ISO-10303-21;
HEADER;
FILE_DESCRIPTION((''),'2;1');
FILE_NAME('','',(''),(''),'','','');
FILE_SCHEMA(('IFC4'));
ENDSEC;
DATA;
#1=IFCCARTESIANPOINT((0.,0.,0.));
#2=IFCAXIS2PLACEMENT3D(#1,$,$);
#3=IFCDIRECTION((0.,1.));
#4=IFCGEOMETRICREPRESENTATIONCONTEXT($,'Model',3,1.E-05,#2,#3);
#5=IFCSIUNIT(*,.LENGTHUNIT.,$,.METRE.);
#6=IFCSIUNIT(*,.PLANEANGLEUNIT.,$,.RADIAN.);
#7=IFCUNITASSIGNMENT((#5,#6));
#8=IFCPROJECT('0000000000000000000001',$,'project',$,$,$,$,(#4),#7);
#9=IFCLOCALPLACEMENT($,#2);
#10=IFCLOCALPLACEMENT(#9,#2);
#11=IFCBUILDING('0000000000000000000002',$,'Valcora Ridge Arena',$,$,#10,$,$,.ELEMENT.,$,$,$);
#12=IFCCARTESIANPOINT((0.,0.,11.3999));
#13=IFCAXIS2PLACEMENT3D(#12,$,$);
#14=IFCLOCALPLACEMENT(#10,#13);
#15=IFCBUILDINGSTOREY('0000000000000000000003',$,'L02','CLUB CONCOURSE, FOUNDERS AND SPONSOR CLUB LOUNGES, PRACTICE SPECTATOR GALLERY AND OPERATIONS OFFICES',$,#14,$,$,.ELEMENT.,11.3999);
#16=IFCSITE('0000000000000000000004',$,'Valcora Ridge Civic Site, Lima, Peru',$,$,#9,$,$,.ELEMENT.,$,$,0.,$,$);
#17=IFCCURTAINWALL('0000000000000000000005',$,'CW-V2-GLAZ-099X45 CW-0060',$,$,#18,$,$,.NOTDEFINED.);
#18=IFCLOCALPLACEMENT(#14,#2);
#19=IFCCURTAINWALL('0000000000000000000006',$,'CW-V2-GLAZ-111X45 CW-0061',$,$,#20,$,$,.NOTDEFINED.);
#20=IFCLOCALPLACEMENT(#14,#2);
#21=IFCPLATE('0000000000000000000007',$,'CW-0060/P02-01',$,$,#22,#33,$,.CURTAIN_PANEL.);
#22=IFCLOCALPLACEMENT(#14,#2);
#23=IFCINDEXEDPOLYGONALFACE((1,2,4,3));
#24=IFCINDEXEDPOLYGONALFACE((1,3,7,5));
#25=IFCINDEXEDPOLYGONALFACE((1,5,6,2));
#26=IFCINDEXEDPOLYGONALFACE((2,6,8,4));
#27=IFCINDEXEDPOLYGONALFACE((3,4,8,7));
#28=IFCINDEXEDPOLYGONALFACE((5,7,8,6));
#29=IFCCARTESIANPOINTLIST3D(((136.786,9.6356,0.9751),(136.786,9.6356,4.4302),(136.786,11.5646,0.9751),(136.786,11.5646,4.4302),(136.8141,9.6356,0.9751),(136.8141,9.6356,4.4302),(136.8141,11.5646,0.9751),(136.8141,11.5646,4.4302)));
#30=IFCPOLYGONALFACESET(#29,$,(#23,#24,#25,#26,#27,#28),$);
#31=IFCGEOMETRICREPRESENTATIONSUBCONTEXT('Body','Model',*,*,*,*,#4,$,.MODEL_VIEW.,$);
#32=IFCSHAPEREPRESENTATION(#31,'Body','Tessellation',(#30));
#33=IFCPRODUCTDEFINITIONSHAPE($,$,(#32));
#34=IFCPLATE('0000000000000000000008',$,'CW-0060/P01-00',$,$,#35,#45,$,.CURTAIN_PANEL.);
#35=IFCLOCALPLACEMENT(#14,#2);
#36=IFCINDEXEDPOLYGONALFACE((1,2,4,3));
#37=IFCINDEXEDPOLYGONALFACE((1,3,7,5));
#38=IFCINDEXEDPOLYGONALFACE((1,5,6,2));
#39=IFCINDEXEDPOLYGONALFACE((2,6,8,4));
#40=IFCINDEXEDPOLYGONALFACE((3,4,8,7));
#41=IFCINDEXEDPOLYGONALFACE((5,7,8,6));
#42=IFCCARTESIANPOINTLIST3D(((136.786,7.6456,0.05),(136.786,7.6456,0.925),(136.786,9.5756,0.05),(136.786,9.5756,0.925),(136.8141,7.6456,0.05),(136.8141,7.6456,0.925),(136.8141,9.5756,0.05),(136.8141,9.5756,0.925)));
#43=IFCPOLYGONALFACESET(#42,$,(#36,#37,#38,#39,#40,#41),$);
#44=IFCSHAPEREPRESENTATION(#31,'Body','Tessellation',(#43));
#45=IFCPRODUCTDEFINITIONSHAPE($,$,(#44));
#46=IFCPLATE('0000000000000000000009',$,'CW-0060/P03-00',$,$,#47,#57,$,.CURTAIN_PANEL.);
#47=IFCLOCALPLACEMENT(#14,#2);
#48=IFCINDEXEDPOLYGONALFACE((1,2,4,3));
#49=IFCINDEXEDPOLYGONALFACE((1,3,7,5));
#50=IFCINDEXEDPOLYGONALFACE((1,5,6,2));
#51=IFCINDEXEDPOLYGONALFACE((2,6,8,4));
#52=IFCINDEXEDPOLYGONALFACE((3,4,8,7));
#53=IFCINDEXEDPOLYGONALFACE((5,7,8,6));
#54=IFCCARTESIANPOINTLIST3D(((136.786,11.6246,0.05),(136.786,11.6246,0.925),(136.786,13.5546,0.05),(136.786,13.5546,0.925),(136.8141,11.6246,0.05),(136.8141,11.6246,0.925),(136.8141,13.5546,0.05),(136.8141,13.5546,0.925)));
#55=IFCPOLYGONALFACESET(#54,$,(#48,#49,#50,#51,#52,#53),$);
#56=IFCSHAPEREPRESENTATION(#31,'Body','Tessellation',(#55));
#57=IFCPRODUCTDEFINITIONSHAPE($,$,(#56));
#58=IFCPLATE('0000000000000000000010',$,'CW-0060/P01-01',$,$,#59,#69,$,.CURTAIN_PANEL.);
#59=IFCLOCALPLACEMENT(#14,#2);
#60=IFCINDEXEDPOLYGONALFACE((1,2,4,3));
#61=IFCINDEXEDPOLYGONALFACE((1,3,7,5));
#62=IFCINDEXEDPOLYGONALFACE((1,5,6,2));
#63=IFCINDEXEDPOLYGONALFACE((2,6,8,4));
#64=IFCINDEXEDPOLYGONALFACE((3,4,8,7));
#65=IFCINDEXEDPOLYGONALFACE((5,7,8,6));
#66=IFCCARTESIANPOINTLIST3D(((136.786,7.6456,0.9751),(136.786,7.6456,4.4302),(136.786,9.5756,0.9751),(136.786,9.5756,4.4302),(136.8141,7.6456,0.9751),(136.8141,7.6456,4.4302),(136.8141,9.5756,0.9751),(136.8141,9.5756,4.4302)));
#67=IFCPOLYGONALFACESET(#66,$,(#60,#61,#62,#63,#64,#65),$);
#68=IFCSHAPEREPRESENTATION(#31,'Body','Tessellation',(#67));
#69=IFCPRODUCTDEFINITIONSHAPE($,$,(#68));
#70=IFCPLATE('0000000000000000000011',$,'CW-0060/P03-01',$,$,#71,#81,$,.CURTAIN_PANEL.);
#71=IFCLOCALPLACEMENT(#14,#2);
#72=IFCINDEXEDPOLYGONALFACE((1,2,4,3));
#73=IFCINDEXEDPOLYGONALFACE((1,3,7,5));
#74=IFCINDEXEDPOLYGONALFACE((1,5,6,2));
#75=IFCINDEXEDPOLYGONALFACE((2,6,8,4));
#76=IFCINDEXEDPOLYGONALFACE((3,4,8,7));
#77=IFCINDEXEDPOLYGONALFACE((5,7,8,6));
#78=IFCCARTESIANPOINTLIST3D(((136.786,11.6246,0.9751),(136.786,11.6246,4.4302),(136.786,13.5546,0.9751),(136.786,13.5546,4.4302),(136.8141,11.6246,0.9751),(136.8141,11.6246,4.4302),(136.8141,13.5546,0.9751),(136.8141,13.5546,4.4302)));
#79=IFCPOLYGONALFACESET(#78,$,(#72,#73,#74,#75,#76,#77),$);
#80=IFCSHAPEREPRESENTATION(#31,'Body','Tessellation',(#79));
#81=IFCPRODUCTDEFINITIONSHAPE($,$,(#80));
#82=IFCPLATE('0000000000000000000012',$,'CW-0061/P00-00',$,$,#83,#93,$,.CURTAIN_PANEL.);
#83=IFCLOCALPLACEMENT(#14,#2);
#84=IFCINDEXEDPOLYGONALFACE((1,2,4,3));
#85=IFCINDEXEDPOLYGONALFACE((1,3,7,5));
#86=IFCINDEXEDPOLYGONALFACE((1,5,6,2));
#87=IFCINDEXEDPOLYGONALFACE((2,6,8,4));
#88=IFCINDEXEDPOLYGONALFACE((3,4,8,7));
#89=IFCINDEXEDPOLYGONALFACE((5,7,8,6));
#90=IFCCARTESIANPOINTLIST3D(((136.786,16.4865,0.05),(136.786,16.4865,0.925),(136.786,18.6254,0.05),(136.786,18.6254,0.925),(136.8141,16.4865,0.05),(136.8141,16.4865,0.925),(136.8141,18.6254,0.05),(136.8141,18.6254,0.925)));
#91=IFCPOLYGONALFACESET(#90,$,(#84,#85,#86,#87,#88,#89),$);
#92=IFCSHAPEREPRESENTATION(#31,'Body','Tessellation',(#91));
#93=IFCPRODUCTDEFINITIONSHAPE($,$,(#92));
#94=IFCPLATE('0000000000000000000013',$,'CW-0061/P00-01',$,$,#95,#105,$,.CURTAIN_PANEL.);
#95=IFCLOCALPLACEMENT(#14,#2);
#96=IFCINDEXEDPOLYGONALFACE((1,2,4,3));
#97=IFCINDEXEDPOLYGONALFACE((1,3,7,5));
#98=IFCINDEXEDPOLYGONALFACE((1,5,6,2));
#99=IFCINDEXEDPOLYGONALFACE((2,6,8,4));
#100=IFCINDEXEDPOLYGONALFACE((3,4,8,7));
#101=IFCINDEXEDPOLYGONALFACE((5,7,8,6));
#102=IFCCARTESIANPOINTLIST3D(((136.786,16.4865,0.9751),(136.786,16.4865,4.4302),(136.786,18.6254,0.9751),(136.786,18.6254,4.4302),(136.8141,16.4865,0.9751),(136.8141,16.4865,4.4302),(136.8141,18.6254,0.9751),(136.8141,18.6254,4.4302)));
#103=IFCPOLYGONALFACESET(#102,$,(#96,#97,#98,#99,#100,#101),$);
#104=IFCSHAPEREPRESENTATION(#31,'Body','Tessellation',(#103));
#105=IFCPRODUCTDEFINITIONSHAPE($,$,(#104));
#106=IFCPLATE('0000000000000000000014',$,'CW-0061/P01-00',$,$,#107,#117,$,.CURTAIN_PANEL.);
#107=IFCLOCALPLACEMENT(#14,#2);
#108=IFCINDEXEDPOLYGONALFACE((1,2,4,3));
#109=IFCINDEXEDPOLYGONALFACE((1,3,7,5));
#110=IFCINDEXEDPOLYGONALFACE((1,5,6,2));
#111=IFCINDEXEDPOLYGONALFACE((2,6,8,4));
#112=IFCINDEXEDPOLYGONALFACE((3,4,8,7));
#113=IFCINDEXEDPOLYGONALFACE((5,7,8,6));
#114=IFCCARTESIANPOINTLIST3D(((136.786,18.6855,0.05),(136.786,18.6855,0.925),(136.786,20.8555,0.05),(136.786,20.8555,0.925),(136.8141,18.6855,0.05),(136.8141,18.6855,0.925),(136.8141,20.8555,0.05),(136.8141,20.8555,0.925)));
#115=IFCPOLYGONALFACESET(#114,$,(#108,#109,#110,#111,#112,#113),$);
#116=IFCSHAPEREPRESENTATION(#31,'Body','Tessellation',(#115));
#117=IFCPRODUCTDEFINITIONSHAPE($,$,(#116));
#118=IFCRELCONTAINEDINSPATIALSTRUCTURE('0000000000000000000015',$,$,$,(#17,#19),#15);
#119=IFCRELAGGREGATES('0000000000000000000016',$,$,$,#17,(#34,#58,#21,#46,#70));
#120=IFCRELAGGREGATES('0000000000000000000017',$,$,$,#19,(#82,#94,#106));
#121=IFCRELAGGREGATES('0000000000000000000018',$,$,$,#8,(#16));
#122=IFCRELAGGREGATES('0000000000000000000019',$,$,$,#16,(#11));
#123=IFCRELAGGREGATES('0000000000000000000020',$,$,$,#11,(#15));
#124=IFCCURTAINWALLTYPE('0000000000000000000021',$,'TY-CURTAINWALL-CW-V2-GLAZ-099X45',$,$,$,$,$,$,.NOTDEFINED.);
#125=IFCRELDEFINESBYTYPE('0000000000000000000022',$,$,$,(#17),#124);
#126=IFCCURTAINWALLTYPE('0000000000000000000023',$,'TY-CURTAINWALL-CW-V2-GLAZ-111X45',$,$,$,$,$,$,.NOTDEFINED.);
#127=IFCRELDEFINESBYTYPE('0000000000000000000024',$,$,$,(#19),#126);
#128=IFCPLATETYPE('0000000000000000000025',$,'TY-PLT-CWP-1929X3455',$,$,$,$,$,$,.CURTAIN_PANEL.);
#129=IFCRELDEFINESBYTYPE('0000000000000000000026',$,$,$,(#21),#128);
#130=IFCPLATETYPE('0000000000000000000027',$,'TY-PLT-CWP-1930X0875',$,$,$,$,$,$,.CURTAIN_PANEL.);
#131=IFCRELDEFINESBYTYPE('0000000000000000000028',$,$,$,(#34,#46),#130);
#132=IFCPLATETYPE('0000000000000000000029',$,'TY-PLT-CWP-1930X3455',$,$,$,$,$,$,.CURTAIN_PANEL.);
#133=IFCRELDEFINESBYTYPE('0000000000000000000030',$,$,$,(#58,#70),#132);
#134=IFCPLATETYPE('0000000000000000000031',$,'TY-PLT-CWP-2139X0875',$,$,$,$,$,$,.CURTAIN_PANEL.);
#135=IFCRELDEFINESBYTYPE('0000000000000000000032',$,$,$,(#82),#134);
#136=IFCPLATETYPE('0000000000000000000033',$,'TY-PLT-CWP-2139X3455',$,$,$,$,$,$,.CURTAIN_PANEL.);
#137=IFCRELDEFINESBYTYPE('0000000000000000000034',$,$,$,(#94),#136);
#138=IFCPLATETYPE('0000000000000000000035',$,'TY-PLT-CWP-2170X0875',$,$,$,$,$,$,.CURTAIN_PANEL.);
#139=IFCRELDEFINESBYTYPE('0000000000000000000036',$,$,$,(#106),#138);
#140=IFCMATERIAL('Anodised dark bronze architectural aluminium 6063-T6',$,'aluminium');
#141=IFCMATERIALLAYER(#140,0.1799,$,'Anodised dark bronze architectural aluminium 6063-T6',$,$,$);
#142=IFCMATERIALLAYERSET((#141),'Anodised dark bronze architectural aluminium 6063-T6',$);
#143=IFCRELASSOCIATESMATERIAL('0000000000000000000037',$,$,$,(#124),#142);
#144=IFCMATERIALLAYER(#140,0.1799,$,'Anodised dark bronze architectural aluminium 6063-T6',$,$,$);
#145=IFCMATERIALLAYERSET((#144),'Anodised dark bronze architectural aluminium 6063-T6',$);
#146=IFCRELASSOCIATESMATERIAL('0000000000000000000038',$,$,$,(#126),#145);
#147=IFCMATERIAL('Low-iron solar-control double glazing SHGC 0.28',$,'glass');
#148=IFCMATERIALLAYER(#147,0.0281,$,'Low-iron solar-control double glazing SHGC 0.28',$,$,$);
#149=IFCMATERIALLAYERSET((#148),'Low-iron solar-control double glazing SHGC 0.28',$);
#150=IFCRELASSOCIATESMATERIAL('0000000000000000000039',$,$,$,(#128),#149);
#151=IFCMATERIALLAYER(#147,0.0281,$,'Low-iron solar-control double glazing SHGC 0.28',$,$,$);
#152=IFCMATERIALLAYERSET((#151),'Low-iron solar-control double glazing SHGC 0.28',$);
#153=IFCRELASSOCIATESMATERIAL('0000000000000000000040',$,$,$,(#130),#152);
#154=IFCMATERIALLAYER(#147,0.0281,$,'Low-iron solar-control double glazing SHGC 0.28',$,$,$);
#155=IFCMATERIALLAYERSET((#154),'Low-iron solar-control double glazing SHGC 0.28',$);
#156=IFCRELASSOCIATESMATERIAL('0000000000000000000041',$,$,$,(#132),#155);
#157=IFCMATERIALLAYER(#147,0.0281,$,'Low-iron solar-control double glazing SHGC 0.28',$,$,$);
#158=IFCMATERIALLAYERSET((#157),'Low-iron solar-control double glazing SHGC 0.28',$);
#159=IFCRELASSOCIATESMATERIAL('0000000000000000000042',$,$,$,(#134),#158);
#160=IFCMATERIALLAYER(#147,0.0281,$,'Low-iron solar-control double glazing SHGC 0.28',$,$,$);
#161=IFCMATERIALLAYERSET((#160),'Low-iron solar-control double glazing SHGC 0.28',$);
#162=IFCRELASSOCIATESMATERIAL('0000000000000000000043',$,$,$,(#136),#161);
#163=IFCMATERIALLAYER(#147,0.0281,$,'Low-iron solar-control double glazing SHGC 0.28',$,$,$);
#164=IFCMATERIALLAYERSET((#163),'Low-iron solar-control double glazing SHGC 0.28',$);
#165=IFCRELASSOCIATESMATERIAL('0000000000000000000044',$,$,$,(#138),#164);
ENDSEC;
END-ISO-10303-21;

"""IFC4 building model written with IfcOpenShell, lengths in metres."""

from ifc_helpers import new_model, si_unit, direction, frame, origin, origin_2d, place, context, subcontext, project, spatial, rectangle, extrude, material, layer, layer_set, type_object, element, aggregate, save


model = new_model("IFC4")

# Units and contexts
model_context = context("Model", 3, precision=1e-05, world=origin(), true_north=direction((0.0, 1.0)))
body_context = subcontext(model_context, "Body", "Model", "MODEL_VIEW")
ifc_project = project(units=[si_unit("LENGTHUNIT", "METRE"), si_unit("PLANEANGLEUNIT", "RADIAN")], contexts=[model_context])

# Site, building, storey
site_placement = place(None, origin())
site = spatial("IfcSite", under=ifc_project, at=site_placement, Name="Valcora Ridge Civic Site, Lima, Peru", CompositionType="ELEMENT", RefElevation=0.0)
building_placement = place(site_placement, origin())
building = spatial("IfcBuilding", under=site, at=building_placement, Name="Valcora Ridge Arena", CompositionType="ELEMENT")
storey_placement = place(building_placement, frame((0.0, 0.0, 11.3999)))
storey = spatial("IfcBuildingStorey", under=building, at=storey_placement, Name="L02", Description="CLUB CONCOURSE, FOUNDERS AND SPONSOR CLUB LOUNGES, PRACTICE SPECTATOR GALLERY AND OPERATIONS OFFICES", CompositionType="ELEMENT", Elevation=11.3999)

# Curtain walls
ifc_material_1 = material(Name="Anodised dark bronze architectural aluminium 6063-T6", Category="aluminium")
ifc_layer_1 = layer(ifc_material_1, 0.1799, Name="Anodised dark bronze architectural aluminium 6063-T6")
ifc_layer_set_1 = layer_set([ifc_layer_1], Name="Anodised dark bronze architectural aluminium 6063-T6")
curtain_wall_type_1 = type_object("IfcCurtainWallType", Name="TY-CURTAINWALL-CW-V2-GLAZ-099X45", PredefinedType="NOTDEFINED", material=ifc_layer_set_1)
curtain_wall_1_placement = place(storey_placement, origin())
curtain_wall_1 = element("IfcCurtainWall", 1, at=curtain_wall_1_placement, inside=storey, type_object=curtain_wall_type_1, Name="CW-V2-GLAZ-099X45 CW-0060", PredefinedType="NOTDEFINED")
ifc_layer_2 = layer(ifc_material_1, 0.1799, Name="Anodised dark bronze architectural aluminium 6063-T6")
ifc_layer_set_2 = layer_set([ifc_layer_2], Name="Anodised dark bronze architectural aluminium 6063-T6")
curtain_wall_type_2 = type_object("IfcCurtainWallType", Name="TY-CURTAINWALL-CW-V2-GLAZ-111X45", PredefinedType="NOTDEFINED", material=ifc_layer_set_2)
curtain_wall_2_placement = place(storey_placement, origin())
curtain_wall_2 = element("IfcCurtainWall", 2, at=curtain_wall_2_placement, inside=storey, type_object=curtain_wall_type_2, Name="CW-V2-GLAZ-111X45 CW-0061", PredefinedType="NOTDEFINED")

# Plates
ifc_material_2 = material(Name="Low-iron solar-control double glazing SHGC 0.28", Category="glass")
ifc_layer_3 = layer(ifc_material_2, 0.0281, Name="Low-iron solar-control double glazing SHGC 0.28")
ifc_layer_set_3 = layer_set([ifc_layer_3], Name="Low-iron solar-control double glazing SHGC 0.28")
plate_type_1 = type_object("IfcPlateType", Name="TY-PLT-CWP-1929X3455", PredefinedType="CURTAIN_PANEL", material=ifc_layer_set_3)
plate_1_placement = place(storey_placement, frame((136.8, 10.6001, 0.9751), z_axis=(0.0, 0.0, 1.0), x_axis=(0.0, 1.0, 0.0)))
plate_1 = element("IfcPlate", 3, at=plate_1_placement, type_object=plate_type_1, Name="CW-0060/P02-01", PredefinedType="CURTAIN_PANEL", context=body_context, shape_type="SweptSolid", body=[
    extrude(rectangle(XDim=1.929, YDim=0.0281, at=origin_2d()), origin(), (0.0, 0.0, 1.0), 3.4551),
])
ifc_layer_4 = layer(ifc_material_2, 0.0281, Name="Low-iron solar-control double glazing SHGC 0.28")
ifc_layer_set_4 = layer_set([ifc_layer_4], Name="Low-iron solar-control double glazing SHGC 0.28")
plate_type_2 = type_object("IfcPlateType", Name="TY-PLT-CWP-1930X0875", PredefinedType="CURTAIN_PANEL", material=ifc_layer_set_4)
plate_2_placement = place(storey_placement, frame((136.8, 8.6106, 0.05), z_axis=(0.0, 0.0, 1.0), x_axis=(0.0, 1.0, 0.0)))
plate_2 = element("IfcPlate", 4, at=plate_2_placement, type_object=plate_type_2, Name="CW-0060/P01-00", PredefinedType="CURTAIN_PANEL", context=body_context, shape_type="SweptSolid", body=[
    extrude(rectangle(XDim=1.9299, YDim=0.0281, at=origin_2d()), origin(), (0.0, 0.0, 1.0), 0.875),
])
plate_3_placement = place(storey_placement, frame((136.8, 12.5896, 0.05), z_axis=(0.0, 0.0, 1.0), x_axis=(0.0, 1.0, 0.0)))
plate_3 = element("IfcPlate", 5, at=plate_3_placement, type_object=plate_type_2, Name="CW-0060/P03-00", PredefinedType="CURTAIN_PANEL", context=body_context, shape_type="SweptSolid", body=[
    extrude(rectangle(XDim=1.9299, YDim=0.0281, at=origin_2d()), origin(), (0.0, 0.0, 1.0), 0.875),
])
ifc_layer_5 = layer(ifc_material_2, 0.0281, Name="Low-iron solar-control double glazing SHGC 0.28")
ifc_layer_set_5 = layer_set([ifc_layer_5], Name="Low-iron solar-control double glazing SHGC 0.28")
plate_type_3 = type_object("IfcPlateType", Name="TY-PLT-CWP-1930X3455", PredefinedType="CURTAIN_PANEL", material=ifc_layer_set_5)
plate_4_placement = place(storey_placement, frame((136.8, 8.6106, 0.9751), z_axis=(0.0, 0.0, 1.0), x_axis=(0.0, 1.0, 0.0)))
plate_4 = element("IfcPlate", 6, at=plate_4_placement, type_object=plate_type_3, Name="CW-0060/P01-01", PredefinedType="CURTAIN_PANEL", context=body_context, shape_type="SweptSolid", body=[
    extrude(rectangle(XDim=1.9299, YDim=0.0281, at=origin_2d()), origin(), (0.0, 0.0, 1.0), 3.4551),
])
plate_5_placement = place(storey_placement, frame((136.8, 12.5896, 0.9751), z_axis=(0.0, 0.0, 1.0), x_axis=(0.0, 1.0, 0.0)))
plate_5 = element("IfcPlate", 7, at=plate_5_placement, type_object=plate_type_3, Name="CW-0060/P03-01", PredefinedType="CURTAIN_PANEL", context=body_context, shape_type="SweptSolid", body=[
    extrude(rectangle(XDim=1.9299, YDim=0.0281, at=origin_2d()), origin(), (0.0, 0.0, 1.0), 3.4551),
])
aggregate(curtain_wall_1, [plate_2, plate_4, plate_1, plate_3, plate_5])
ifc_layer_6 = layer(ifc_material_2, 0.0281, Name="Low-iron solar-control double glazing SHGC 0.28")
ifc_layer_set_6 = layer_set([ifc_layer_6], Name="Low-iron solar-control double glazing SHGC 0.28")
plate_type_4 = type_object("IfcPlateType", Name="TY-PLT-CWP-2139X0875", PredefinedType="CURTAIN_PANEL", material=ifc_layer_set_6)
plate_6_placement = place(storey_placement, frame((136.8, 17.5559, 0.05), z_axis=(0.0, 0.0, 1.0), x_axis=(0.0, 1.0, 0.0)))
plate_6 = element("IfcPlate", 8, at=plate_6_placement, type_object=plate_type_4, Name="CW-0061/P00-00", PredefinedType="CURTAIN_PANEL", context=body_context, shape_type="SweptSolid", body=[
    extrude(rectangle(XDim=2.1389, YDim=0.0281, at=origin_2d()), origin(), (0.0, 0.0, 1.0), 0.875),
])
ifc_layer_7 = layer(ifc_material_2, 0.0281, Name="Low-iron solar-control double glazing SHGC 0.28")
ifc_layer_set_7 = layer_set([ifc_layer_7], Name="Low-iron solar-control double glazing SHGC 0.28")
plate_type_5 = type_object("IfcPlateType", Name="TY-PLT-CWP-2139X3455", PredefinedType="CURTAIN_PANEL", material=ifc_layer_set_7)
plate_7_placement = place(storey_placement, frame((136.8, 17.5559, 0.9751), z_axis=(0.0, 0.0, 1.0), x_axis=(0.0, 1.0, 0.0)))
plate_7 = element("IfcPlate", 9, at=plate_7_placement, type_object=plate_type_5, Name="CW-0061/P00-01", PredefinedType="CURTAIN_PANEL", context=body_context, shape_type="SweptSolid", body=[
    extrude(rectangle(XDim=2.1389, YDim=0.0281, at=origin_2d()), origin(), (0.0, 0.0, 1.0), 3.4551),
])
ifc_layer_8 = layer(ifc_material_2, 0.0281, Name="Low-iron solar-control double glazing SHGC 0.28")
ifc_layer_set_8 = layer_set([ifc_layer_8], Name="Low-iron solar-control double glazing SHGC 0.28")
plate_type_6 = type_object("IfcPlateType", Name="TY-PLT-CWP-2170X0875", PredefinedType="CURTAIN_PANEL", material=ifc_layer_set_8)
plate_8_placement = place(storey_placement, frame((136.8, 19.7705, 0.05), z_axis=(0.0, 0.0, 1.0), x_axis=(0.0, 1.0, 0.0)))
plate_8 = element("IfcPlate", 10, at=plate_8_placement, type_object=plate_type_6, Name="CW-0061/P01-00", PredefinedType="CURTAIN_PANEL", context=body_context, shape_type="SweptSolid", body=[
    extrude(rectangle(XDim=2.1699, YDim=0.0281, at=origin_2d()), origin(), (0.0, 0.0, 1.0), 0.875),
])
aggregate(curtain_wall_2, [plate_6, plate_7, plate_8])

save(model, "model.ifc")
